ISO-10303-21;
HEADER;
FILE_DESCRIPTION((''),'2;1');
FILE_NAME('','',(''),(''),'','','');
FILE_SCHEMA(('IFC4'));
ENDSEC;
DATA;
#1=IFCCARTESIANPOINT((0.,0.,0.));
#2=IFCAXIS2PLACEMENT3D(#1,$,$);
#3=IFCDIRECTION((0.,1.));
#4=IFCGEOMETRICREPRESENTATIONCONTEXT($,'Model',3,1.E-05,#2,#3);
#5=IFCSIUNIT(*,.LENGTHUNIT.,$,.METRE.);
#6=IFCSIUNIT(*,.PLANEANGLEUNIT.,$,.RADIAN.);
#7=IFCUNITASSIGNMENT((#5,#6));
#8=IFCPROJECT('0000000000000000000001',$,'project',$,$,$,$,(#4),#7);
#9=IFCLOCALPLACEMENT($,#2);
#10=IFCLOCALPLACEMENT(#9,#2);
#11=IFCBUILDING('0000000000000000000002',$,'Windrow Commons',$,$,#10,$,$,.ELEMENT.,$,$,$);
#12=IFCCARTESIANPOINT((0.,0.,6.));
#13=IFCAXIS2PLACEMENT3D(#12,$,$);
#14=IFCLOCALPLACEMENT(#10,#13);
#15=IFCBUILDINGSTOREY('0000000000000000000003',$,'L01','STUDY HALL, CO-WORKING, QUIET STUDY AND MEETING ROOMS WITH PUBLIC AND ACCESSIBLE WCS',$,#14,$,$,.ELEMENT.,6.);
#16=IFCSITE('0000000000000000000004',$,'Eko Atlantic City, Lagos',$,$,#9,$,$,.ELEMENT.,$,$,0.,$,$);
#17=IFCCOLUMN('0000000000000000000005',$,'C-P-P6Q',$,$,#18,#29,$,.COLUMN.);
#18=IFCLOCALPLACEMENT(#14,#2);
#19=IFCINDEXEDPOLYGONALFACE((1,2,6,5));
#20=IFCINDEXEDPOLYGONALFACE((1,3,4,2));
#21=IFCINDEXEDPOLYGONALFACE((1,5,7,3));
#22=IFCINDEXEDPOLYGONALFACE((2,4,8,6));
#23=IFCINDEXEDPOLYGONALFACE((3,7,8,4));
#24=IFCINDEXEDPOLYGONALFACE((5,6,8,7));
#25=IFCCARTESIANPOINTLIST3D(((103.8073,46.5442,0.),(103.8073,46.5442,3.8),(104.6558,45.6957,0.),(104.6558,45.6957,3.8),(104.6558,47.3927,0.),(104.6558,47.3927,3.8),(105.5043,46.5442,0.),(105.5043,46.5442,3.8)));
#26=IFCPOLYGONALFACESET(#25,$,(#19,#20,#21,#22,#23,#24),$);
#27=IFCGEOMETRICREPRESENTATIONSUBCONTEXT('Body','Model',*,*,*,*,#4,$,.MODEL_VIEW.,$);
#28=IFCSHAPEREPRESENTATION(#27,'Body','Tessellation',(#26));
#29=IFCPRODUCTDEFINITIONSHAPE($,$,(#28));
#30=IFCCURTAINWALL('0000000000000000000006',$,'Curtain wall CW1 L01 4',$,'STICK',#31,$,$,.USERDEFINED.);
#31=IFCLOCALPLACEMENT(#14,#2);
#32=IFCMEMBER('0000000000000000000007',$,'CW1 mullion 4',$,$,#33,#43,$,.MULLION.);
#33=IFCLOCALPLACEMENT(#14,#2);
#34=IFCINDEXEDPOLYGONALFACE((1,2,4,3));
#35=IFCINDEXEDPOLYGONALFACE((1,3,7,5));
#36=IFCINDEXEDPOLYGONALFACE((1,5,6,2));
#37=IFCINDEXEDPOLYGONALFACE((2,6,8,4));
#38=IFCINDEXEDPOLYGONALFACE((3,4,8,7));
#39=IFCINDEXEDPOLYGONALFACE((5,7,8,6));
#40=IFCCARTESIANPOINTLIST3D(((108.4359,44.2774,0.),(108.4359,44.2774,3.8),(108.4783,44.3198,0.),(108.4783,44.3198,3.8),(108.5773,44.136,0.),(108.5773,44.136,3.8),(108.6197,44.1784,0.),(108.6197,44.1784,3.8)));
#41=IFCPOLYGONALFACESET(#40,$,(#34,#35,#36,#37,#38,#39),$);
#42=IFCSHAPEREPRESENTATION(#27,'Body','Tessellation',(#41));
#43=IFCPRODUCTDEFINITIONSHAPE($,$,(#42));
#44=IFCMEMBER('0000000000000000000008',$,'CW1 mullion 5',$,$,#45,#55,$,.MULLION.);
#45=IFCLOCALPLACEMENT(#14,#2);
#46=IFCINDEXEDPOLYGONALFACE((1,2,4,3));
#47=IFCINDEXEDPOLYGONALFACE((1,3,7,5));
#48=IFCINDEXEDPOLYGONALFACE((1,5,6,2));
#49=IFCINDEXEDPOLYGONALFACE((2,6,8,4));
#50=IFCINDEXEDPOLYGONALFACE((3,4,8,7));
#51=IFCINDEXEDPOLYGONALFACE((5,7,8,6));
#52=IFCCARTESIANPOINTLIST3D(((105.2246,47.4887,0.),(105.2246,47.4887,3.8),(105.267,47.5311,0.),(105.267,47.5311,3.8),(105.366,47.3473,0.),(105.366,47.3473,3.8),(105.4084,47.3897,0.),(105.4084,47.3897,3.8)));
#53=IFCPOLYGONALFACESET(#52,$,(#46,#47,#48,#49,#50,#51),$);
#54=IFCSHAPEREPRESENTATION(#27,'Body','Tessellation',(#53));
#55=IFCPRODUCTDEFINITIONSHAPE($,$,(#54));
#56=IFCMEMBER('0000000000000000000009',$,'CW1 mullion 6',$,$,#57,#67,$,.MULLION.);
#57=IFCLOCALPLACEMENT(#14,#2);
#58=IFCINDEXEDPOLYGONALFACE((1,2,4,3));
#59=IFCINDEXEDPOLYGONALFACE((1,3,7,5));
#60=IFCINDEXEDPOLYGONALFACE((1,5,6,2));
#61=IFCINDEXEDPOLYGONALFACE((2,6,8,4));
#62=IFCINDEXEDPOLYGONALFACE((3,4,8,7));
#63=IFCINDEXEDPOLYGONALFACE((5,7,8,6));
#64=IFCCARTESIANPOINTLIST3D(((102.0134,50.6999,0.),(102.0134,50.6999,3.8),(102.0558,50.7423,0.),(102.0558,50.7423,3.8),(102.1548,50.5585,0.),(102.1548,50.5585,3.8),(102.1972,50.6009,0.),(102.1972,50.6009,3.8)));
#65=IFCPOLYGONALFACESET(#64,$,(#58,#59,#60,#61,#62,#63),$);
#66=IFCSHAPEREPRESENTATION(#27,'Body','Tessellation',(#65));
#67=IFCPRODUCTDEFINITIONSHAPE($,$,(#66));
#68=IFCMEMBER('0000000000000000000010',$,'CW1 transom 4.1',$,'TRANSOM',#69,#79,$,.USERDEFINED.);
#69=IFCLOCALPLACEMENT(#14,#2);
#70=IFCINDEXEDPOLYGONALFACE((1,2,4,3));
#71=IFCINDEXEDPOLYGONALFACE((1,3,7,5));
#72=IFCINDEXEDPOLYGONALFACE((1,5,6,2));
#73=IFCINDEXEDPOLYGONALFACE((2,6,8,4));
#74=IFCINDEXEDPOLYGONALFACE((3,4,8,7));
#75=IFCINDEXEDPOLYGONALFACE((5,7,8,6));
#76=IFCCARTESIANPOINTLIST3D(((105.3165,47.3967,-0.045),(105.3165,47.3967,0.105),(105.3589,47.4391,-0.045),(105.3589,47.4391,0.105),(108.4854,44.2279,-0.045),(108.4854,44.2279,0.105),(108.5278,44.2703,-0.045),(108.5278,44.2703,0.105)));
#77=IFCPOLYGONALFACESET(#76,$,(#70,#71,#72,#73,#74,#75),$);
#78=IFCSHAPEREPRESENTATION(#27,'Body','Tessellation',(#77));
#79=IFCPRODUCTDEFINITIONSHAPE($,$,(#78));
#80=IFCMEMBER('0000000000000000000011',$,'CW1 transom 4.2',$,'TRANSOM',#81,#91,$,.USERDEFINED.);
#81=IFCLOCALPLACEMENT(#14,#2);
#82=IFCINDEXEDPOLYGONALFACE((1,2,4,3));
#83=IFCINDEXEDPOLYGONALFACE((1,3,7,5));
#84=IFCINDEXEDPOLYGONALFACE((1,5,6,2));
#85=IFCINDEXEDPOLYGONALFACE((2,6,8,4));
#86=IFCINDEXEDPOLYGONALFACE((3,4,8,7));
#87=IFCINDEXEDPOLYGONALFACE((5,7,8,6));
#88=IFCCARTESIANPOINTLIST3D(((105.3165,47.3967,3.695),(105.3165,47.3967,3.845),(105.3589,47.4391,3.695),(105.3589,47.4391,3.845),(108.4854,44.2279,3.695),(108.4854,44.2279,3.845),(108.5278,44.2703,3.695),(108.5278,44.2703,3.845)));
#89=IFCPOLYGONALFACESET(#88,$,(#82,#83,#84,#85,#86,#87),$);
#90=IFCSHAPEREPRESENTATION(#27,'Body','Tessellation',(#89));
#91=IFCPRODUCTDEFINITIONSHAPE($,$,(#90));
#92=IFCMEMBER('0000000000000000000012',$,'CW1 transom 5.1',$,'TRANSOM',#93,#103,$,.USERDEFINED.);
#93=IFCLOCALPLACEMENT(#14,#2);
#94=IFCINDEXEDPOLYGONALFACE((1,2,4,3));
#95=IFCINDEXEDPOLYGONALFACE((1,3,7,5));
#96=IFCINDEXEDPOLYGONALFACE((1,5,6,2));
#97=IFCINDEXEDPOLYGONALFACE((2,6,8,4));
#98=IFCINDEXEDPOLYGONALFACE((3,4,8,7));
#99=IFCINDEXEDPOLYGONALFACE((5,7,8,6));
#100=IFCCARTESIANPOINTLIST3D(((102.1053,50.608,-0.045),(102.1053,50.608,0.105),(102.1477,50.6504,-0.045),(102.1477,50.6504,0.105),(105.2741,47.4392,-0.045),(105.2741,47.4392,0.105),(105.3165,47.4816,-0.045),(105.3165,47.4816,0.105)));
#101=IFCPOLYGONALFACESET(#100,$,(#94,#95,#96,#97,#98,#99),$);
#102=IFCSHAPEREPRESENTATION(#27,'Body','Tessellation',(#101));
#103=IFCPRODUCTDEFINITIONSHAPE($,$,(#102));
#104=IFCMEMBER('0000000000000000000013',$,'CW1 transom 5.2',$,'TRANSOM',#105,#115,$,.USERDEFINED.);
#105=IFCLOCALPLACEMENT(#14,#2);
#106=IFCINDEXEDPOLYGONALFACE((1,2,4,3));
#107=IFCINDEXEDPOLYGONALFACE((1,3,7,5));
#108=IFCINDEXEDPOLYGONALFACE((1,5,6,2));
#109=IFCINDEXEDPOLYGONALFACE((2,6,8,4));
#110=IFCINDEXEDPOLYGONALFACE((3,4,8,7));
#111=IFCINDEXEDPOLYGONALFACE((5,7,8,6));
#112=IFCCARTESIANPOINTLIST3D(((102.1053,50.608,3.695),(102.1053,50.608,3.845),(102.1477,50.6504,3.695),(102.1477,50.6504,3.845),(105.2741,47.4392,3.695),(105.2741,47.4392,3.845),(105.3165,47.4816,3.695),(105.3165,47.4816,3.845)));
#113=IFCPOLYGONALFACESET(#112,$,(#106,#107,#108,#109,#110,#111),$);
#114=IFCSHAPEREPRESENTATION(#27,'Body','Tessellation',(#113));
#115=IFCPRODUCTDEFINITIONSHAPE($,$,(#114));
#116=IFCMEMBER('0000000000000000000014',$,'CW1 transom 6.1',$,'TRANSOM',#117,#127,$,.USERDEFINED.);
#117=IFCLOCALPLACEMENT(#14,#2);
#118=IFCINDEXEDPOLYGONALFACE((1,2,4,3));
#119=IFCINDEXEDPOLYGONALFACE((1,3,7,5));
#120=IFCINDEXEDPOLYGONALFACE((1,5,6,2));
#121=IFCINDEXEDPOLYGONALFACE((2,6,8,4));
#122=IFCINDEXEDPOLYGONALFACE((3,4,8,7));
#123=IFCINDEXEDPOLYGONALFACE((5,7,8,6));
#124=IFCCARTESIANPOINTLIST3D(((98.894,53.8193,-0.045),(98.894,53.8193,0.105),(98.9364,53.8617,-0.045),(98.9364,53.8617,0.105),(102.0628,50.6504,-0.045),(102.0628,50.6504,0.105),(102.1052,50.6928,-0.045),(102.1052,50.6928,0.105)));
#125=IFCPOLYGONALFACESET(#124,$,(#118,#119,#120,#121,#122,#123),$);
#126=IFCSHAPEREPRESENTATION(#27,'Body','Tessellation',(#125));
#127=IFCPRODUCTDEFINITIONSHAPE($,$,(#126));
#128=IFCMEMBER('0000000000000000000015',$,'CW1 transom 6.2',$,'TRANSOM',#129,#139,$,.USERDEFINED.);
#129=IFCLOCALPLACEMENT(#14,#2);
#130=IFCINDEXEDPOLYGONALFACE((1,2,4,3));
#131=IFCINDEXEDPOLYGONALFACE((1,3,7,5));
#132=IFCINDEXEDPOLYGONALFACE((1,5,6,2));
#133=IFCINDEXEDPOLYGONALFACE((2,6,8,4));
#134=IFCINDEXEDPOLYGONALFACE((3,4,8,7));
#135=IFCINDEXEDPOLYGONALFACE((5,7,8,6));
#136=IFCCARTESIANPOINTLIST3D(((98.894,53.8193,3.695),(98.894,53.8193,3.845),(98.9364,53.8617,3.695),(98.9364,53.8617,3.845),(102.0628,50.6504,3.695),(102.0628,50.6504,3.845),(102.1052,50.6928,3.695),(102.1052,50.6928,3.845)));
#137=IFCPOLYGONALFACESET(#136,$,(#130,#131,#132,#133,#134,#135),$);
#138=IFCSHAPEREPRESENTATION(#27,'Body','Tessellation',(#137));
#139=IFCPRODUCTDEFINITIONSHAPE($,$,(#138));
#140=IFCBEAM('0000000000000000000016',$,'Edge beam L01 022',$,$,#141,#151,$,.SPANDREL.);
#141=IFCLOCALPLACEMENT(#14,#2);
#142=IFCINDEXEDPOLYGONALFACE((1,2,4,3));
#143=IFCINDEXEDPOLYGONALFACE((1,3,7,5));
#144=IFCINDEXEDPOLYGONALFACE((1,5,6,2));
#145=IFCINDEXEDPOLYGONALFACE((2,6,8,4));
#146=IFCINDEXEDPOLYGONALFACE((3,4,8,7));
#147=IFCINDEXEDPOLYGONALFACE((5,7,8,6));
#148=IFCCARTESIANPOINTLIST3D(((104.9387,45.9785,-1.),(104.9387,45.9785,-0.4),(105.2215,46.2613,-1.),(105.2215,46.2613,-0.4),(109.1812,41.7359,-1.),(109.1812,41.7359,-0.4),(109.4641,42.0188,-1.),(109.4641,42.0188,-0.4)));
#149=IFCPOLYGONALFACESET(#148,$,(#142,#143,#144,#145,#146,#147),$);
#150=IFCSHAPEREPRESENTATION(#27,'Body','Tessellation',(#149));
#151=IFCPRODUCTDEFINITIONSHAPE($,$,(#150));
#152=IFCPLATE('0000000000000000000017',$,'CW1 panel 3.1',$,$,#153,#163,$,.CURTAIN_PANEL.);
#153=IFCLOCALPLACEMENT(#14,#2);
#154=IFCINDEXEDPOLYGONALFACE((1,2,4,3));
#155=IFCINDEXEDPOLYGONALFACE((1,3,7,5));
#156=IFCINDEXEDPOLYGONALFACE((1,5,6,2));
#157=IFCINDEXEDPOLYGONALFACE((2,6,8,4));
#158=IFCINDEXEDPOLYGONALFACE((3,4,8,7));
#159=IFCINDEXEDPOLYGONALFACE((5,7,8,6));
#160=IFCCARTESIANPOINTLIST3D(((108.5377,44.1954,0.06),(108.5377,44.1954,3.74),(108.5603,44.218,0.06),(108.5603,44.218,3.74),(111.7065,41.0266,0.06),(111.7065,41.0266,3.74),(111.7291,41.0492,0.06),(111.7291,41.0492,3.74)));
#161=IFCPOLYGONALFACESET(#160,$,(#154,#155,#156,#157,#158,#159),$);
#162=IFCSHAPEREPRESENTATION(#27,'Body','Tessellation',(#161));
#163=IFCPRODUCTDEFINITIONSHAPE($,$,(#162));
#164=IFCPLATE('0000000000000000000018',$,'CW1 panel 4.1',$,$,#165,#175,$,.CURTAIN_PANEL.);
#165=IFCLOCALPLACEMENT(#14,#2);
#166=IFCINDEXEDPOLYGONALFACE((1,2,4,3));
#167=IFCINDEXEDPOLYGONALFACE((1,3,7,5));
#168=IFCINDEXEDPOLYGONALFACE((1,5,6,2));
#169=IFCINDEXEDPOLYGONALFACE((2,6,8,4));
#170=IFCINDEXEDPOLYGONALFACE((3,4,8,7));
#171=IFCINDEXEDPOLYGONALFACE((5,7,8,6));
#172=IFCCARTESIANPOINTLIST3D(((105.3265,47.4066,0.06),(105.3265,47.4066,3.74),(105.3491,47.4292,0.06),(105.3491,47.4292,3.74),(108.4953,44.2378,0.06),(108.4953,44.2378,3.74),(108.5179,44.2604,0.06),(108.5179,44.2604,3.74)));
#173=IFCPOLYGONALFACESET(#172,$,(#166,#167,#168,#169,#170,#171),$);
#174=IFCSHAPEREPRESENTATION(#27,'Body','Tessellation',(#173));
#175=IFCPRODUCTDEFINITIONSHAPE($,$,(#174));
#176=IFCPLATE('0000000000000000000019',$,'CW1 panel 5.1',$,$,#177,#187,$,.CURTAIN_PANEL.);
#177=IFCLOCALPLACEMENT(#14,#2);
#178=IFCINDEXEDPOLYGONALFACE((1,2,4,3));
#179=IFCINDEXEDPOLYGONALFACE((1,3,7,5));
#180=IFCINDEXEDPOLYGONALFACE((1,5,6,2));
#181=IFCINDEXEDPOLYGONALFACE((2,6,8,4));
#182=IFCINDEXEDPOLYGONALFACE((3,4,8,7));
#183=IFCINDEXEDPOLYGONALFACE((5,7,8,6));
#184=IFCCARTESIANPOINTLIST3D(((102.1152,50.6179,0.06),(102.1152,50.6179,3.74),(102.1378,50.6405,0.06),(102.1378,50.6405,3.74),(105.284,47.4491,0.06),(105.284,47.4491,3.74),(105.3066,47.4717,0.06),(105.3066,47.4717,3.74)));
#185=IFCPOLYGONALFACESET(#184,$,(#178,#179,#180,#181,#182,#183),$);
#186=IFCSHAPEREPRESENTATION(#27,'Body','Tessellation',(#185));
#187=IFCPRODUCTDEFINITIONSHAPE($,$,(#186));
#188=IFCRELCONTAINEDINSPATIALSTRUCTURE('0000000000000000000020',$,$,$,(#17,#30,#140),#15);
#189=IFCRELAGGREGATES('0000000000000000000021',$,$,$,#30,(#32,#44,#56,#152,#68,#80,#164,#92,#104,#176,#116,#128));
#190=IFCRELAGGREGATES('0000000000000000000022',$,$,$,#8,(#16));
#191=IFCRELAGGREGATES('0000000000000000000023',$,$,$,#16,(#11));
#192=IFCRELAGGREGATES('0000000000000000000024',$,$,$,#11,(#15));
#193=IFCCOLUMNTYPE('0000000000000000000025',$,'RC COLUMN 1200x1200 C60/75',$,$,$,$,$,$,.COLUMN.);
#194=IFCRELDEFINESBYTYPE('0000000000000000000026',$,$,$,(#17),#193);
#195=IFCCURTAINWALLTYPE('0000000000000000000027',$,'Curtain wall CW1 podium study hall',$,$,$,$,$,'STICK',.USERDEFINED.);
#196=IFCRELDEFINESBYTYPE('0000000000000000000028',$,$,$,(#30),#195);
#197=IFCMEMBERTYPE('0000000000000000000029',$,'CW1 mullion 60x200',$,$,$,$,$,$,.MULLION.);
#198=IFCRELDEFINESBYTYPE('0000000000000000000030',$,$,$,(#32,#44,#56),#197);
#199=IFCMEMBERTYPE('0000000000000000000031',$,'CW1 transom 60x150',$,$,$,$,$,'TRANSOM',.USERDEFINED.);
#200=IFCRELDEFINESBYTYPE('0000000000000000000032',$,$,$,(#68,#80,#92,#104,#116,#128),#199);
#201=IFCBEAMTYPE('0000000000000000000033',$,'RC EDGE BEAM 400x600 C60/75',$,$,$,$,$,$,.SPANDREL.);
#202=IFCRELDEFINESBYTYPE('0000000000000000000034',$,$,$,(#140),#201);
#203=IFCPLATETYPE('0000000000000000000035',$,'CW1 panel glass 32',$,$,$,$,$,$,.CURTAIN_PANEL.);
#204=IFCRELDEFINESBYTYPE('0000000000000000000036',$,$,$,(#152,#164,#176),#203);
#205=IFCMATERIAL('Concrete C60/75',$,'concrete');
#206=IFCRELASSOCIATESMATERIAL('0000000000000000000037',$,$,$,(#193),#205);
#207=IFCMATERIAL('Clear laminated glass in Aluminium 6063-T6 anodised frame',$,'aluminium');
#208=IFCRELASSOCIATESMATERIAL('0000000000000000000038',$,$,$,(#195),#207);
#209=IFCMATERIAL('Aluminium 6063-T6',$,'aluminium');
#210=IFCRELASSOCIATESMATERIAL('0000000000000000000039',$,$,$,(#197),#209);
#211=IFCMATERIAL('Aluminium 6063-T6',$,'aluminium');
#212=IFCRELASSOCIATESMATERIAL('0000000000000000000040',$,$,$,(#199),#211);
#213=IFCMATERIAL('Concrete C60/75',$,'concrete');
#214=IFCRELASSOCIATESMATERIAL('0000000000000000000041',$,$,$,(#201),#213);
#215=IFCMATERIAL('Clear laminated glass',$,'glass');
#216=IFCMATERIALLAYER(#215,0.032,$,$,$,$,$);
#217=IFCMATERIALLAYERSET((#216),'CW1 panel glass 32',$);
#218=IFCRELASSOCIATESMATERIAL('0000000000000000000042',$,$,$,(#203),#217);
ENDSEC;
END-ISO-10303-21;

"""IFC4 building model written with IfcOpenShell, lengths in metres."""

from ifc_helpers import new_model, si_unit, direction, frame, origin, origin_2d, place, context, subcontext, project, spatial, rectangle, extrude, material, layer, layer_set, material_profile, profile_set, type_object, element, aggregate, save


model = new_model("IFC4")

# Units and contexts
model_context = context("Model", 3, precision=1e-05, world=origin(), true_north=direction((0.0, 1.0)))
body_context = subcontext(model_context, "Body", "Model", "MODEL_VIEW")
ifc_project = project(units=[si_unit("LENGTHUNIT", "METRE"), si_unit("PLANEANGLEUNIT", "RADIAN")], contexts=[model_context])

# Site, building, storey
site_placement = place(None, origin())
site = spatial("IfcSite", under=ifc_project, at=site_placement, Name="Eko Atlantic City, Lagos", CompositionType="ELEMENT", RefElevation=0.0)
building_placement = place(site_placement, origin())
building = spatial("IfcBuilding", under=site, at=building_placement, Name="Windrow Commons", CompositionType="ELEMENT")
storey_placement = place(building_placement, frame((0.0, 0.0, 6.0)))
storey = spatial("IfcBuildingStorey", under=building, at=storey_placement, Name="L01", Description="STUDY HALL, CO-WORKING, QUIET STUDY AND MEETING ROOMS WITH PUBLIC AND ACCESSIBLE WCS", CompositionType="ELEMENT", Elevation=6.0)

# Column
ifc_material_1 = material(Name="Concrete C60/75", Category="concrete")
ifc_material_profile_1 = material_profile(ifc_material_1, rectangle(XDim=1.2, YDim=1.2, at=origin_2d()))
ifc_profile_set_1 = profile_set([ifc_material_profile_1], Name="Concrete C60/75")
column_type = type_object("IfcColumnType", Name="RC COLUMN 1200x1200 C60/75", PredefinedType="COLUMN", material=ifc_profile_set_1)
column_placement = place(storey_placement, frame((104.6558, 46.5442, 0.0), z_axis=(0.0, 0.0, 1.0), x_axis=(0.707107, -0.707107, 0.0)))
element("IfcColumn", 1, at=column_placement, inside=storey, type_object=column_type, Name="C-P-P6Q", PredefinedType="COLUMN", context=body_context, shape_type="SweptSolid", body=[
    extrude(rectangle(XDim=1.2, YDim=1.2, at=origin_2d()), origin(), (0.0, 0.0, 1.0), 3.8),
])

# Curtain wall, members
ifc_material_2 = material(Name="Clear laminated glass in Aluminium 6063-T6 anodised frame", Category="aluminium")
curtain_wall_type = type_object("IfcCurtainWallType", Name="Curtain wall CW1 podium study hall", ElementType="STICK", PredefinedType="USERDEFINED", material=ifc_material_2)
placement = place(storey_placement, origin())
curtain_wall = element("IfcCurtainWall", 2, at=placement, inside=storey, type_object=curtain_wall_type, Name="Curtain wall CW1 L01 4", ObjectType="STICK", PredefinedType="USERDEFINED")
ifc_material_3 = material(Name="Aluminium 6063-T6", Category="aluminium")
ifc_material_profile_2 = material_profile(ifc_material_3, rectangle(XDim=0.06, YDim=0.2, at=origin_2d()))
ifc_profile_set_2 = profile_set([ifc_material_profile_2], Name="Aluminium 6063-T6")
member_type_1 = type_object("IfcMemberType", Name="CW1 mullion 60x200", PredefinedType="MULLION", material=ifc_profile_set_2)
member_1_placement = place(storey_placement, frame((108.5278, 44.2279, 0.0), z_axis=(0.0, 0.0, 1.0), x_axis=(-0.707107, -0.707107, 0.0)))
member_1 = element("IfcMember", 3, at=member_1_placement, type_object=member_type_1, Name="CW1 mullion 4", PredefinedType="MULLION", context=body_context, shape_type="SweptSolid", body=[
    extrude(rectangle(XDim=0.06, YDim=0.2, at=origin_2d()), origin(), (0.0, 0.0, 1.0), 3.8),
])
member_2_placement = place(storey_placement, frame((105.3165, 47.4392, 0.0), z_axis=(0.0, 0.0, 1.0), x_axis=(-0.707107, -0.707107, 0.0)))
member_2 = element("IfcMember", 4, at=member_2_placement, type_object=member_type_1, Name="CW1 mullion 5", PredefinedType="MULLION", context=body_context, shape_type="SweptSolid", body=[
    extrude(rectangle(XDim=0.06, YDim=0.2, at=origin_2d()), origin(), (0.0, 0.0, 1.0), 3.8),
])
member_3_placement = place(storey_placement, frame((102.1053, 50.6504, 0.0), z_axis=(0.0, 0.0, 1.0), x_axis=(-0.707107, -0.707107, 0.0)))
member_3 = element("IfcMember", 5, at=member_3_placement, type_object=member_type_1, Name="CW1 mullion 6", PredefinedType="MULLION", context=body_context, shape_type="SweptSolid", body=[
    extrude(rectangle(XDim=0.06, YDim=0.2, at=origin_2d()), origin(), (0.0, 0.0, 1.0), 3.8),
])
ifc_material_4 = material(Name="Aluminium 6063-T6", Category="aluminium")
ifc_material_profile_3 = material_profile(ifc_material_4, rectangle(XDim=0.06, YDim=0.15, at=origin_2d()))
ifc_profile_set_3 = profile_set([ifc_material_profile_3], Name="Aluminium 6063-T6")
member_type_2 = type_object("IfcMemberType", Name="CW1 transom 60x150", ElementType="TRANSOM", PredefinedType="USERDEFINED", material=ifc_profile_set_3)
member_4_placement = place(storey_placement, frame((108.5066, 44.2491, 0.03), z_axis=(-0.707118, 0.707096, 0.0), x_axis=(-0.707096, -0.707118, 0.0)))
member_4 = element("IfcMember", 6, at=member_4_placement, type_object=member_type_2, Name="CW1 transom 4.1", ObjectType="TRANSOM", PredefinedType="USERDEFINED", context=body_context, shape_type="SweptSolid", body=[
    extrude(rectangle(XDim=0.06, YDim=0.15, at=origin_2d()), origin(), (0.0, 0.0, 1.0), 4.4814),
])
member_5_placement = place(storey_placement, frame((108.5066, 44.2491, 3.77), z_axis=(-0.707118, 0.707096, 0.0), x_axis=(-0.707096, -0.707118, 0.0)))
member_5 = element("IfcMember", 7, at=member_5_placement, type_object=member_type_2, Name="CW1 transom 4.2", ObjectType="TRANSOM", PredefinedType="USERDEFINED", context=body_context, shape_type="SweptSolid", body=[
    extrude(rectangle(XDim=0.06, YDim=0.15, at=origin_2d()), origin(), (0.0, 0.0, 1.0), 4.4814),
])
member_6_placement = place(storey_placement, frame((105.2953, 47.4604, 0.03), z_axis=(-0.707107, 0.707107, 0.0), x_axis=(-0.707107, -0.707107, 0.0)))
member_6 = element("IfcMember", 8, at=member_6_placement, type_object=member_type_2, Name="CW1 transom 5.1", ObjectType="TRANSOM", PredefinedType="USERDEFINED", context=body_context, shape_type="SweptSolid", body=[
    extrude(rectangle(XDim=0.06, YDim=0.15, at=origin_2d()), origin(), (0.0, 0.0, 1.0), 4.4814),
])
member_7_placement = place(storey_placement, frame((105.2953, 47.4604, 3.77), z_axis=(-0.707107, 0.707107, 0.0), x_axis=(-0.707107, -0.707107, 0.0)))
member_7 = element("IfcMember", 9, at=member_7_placement, type_object=member_type_2, Name="CW1 transom 5.2", ObjectType="TRANSOM", PredefinedType="USERDEFINED", context=body_context, shape_type="SweptSolid", body=[
    extrude(rectangle(XDim=0.06, YDim=0.15, at=origin_2d()), origin(), (0.0, 0.0, 1.0), 4.4814),
])
member_8_placement = place(storey_placement, frame((102.084, 50.6716, 0.03), z_axis=(-0.707096, 0.707118, 0.0), x_axis=(-0.707118, -0.707096, 0.0)))
member_8 = element("IfcMember", 10, at=member_8_placement, type_object=member_type_2, Name="CW1 transom 6.1", ObjectType="TRANSOM", PredefinedType="USERDEFINED", context=body_context, shape_type="SweptSolid", body=[
    extrude(rectangle(XDim=0.06, YDim=0.15, at=origin_2d()), origin(), (0.0, 0.0, 1.0), 4.4814),
])
member_9_placement = place(storey_placement, frame((102.084, 50.6716, 3.77), z_axis=(-0.707096, 0.707118, 0.0), x_axis=(-0.707118, -0.707096, 0.0)))
member_9 = element("IfcMember", 11, at=member_9_placement, type_object=member_type_2, Name="CW1 transom 6.2", ObjectType="TRANSOM", PredefinedType="USERDEFINED", context=body_context, shape_type="SweptSolid", body=[
    extrude(rectangle(XDim=0.06, YDim=0.15, at=origin_2d()), origin(), (0.0, 0.0, 1.0), 4.4814),
])

# Beam
ifc_material_5 = material(Name="Concrete C60/75", Category="concrete")
ifc_material_profile_4 = material_profile(ifc_material_5, rectangle(XDim=0.4, YDim=0.6, at=origin_2d()))
ifc_profile_set_4 = profile_set([ifc_material_profile_4], Name="Concrete C60/75")
beam_type = type_object("IfcBeamType", Name="RC EDGE BEAM 400x600 C60/75", PredefinedType="SPANDREL", material=ifc_profile_set_4)
beam_placement = place(storey_placement, frame((105.0801, 46.1199, -0.7), z_axis=(0.707107, -0.707107, 0.0), x_axis=(0.707107, 0.707107, 0.0)))
element("IfcBeam", 12, at=beam_placement, inside=storey, type_object=beam_type, Name="Edge beam L01 022", PredefinedType="SPANDREL", context=body_context, shape_type="SweptSolid", body=[
    extrude(rectangle(XDim=0.4, YDim=0.6, at=origin_2d()), origin(), (0.0, 0.0, 1.0), 5.9999),
])

# Plates
ifc_material_6 = material(Name="Clear laminated glass", Category="glass")
ifc_layer_1 = layer(ifc_material_6, 0.032)
ifc_layer_set_1 = layer_set([ifc_layer_1], Name="CW1 panel glass 32")
plate_type = type_object("IfcPlateType", Name="CW1 panel glass 32", PredefinedType="CURTAIN_PANEL", material=ifc_layer_set_1)
plate_1_placement = place(storey_placement, frame((110.1334, 42.6223, 0.06), z_axis=(0.0, 0.0, 1.0), x_axis=(-0.707107, 0.707107, 0.0)))
plate_1 = element("IfcPlate", 13, at=plate_1_placement, type_object=plate_type, Name="CW1 panel 3.1", PredefinedType="CURTAIN_PANEL", context=body_context, shape_type="SweptSolid", body=[
    extrude(rectangle(XDim=4.4814, YDim=0.032, at=origin_2d()), origin(), (0.0, 0.0, 1.0), 3.68),
])
plate_2_placement = place(storey_placement, frame((106.9222, 45.8335, 0.06), z_axis=(0.0, 0.0, 1.0), x_axis=(-0.707107, 0.707107, 0.0)))
plate_2 = element("IfcPlate", 14, at=plate_2_placement, type_object=plate_type, Name="CW1 panel 4.1", PredefinedType="CURTAIN_PANEL", context=body_context, shape_type="SweptSolid", body=[
    extrude(rectangle(XDim=4.4814, YDim=0.032, at=origin_2d()), origin(), (0.0, 0.0, 1.0), 3.68),
])
plate_3_placement = place(storey_placement, frame((103.7109, 49.0448, 0.06), z_axis=(0.0, 0.0, 1.0), x_axis=(-0.707107, 0.707107, 0.0)))
plate_3 = element("IfcPlate", 15, at=plate_3_placement, type_object=plate_type, Name="CW1 panel 5.1", PredefinedType="CURTAIN_PANEL", context=body_context, shape_type="SweptSolid", body=[
    extrude(rectangle(XDim=4.4814, YDim=0.032, at=origin_2d()), origin(), (0.0, 0.0, 1.0), 3.68),
])
aggregate(curtain_wall, [member_1, member_2, member_3, plate_1, member_4, member_5, plate_2, member_6, member_7, plate_3, member_8, member_9])

save(model, "model.ifc")
